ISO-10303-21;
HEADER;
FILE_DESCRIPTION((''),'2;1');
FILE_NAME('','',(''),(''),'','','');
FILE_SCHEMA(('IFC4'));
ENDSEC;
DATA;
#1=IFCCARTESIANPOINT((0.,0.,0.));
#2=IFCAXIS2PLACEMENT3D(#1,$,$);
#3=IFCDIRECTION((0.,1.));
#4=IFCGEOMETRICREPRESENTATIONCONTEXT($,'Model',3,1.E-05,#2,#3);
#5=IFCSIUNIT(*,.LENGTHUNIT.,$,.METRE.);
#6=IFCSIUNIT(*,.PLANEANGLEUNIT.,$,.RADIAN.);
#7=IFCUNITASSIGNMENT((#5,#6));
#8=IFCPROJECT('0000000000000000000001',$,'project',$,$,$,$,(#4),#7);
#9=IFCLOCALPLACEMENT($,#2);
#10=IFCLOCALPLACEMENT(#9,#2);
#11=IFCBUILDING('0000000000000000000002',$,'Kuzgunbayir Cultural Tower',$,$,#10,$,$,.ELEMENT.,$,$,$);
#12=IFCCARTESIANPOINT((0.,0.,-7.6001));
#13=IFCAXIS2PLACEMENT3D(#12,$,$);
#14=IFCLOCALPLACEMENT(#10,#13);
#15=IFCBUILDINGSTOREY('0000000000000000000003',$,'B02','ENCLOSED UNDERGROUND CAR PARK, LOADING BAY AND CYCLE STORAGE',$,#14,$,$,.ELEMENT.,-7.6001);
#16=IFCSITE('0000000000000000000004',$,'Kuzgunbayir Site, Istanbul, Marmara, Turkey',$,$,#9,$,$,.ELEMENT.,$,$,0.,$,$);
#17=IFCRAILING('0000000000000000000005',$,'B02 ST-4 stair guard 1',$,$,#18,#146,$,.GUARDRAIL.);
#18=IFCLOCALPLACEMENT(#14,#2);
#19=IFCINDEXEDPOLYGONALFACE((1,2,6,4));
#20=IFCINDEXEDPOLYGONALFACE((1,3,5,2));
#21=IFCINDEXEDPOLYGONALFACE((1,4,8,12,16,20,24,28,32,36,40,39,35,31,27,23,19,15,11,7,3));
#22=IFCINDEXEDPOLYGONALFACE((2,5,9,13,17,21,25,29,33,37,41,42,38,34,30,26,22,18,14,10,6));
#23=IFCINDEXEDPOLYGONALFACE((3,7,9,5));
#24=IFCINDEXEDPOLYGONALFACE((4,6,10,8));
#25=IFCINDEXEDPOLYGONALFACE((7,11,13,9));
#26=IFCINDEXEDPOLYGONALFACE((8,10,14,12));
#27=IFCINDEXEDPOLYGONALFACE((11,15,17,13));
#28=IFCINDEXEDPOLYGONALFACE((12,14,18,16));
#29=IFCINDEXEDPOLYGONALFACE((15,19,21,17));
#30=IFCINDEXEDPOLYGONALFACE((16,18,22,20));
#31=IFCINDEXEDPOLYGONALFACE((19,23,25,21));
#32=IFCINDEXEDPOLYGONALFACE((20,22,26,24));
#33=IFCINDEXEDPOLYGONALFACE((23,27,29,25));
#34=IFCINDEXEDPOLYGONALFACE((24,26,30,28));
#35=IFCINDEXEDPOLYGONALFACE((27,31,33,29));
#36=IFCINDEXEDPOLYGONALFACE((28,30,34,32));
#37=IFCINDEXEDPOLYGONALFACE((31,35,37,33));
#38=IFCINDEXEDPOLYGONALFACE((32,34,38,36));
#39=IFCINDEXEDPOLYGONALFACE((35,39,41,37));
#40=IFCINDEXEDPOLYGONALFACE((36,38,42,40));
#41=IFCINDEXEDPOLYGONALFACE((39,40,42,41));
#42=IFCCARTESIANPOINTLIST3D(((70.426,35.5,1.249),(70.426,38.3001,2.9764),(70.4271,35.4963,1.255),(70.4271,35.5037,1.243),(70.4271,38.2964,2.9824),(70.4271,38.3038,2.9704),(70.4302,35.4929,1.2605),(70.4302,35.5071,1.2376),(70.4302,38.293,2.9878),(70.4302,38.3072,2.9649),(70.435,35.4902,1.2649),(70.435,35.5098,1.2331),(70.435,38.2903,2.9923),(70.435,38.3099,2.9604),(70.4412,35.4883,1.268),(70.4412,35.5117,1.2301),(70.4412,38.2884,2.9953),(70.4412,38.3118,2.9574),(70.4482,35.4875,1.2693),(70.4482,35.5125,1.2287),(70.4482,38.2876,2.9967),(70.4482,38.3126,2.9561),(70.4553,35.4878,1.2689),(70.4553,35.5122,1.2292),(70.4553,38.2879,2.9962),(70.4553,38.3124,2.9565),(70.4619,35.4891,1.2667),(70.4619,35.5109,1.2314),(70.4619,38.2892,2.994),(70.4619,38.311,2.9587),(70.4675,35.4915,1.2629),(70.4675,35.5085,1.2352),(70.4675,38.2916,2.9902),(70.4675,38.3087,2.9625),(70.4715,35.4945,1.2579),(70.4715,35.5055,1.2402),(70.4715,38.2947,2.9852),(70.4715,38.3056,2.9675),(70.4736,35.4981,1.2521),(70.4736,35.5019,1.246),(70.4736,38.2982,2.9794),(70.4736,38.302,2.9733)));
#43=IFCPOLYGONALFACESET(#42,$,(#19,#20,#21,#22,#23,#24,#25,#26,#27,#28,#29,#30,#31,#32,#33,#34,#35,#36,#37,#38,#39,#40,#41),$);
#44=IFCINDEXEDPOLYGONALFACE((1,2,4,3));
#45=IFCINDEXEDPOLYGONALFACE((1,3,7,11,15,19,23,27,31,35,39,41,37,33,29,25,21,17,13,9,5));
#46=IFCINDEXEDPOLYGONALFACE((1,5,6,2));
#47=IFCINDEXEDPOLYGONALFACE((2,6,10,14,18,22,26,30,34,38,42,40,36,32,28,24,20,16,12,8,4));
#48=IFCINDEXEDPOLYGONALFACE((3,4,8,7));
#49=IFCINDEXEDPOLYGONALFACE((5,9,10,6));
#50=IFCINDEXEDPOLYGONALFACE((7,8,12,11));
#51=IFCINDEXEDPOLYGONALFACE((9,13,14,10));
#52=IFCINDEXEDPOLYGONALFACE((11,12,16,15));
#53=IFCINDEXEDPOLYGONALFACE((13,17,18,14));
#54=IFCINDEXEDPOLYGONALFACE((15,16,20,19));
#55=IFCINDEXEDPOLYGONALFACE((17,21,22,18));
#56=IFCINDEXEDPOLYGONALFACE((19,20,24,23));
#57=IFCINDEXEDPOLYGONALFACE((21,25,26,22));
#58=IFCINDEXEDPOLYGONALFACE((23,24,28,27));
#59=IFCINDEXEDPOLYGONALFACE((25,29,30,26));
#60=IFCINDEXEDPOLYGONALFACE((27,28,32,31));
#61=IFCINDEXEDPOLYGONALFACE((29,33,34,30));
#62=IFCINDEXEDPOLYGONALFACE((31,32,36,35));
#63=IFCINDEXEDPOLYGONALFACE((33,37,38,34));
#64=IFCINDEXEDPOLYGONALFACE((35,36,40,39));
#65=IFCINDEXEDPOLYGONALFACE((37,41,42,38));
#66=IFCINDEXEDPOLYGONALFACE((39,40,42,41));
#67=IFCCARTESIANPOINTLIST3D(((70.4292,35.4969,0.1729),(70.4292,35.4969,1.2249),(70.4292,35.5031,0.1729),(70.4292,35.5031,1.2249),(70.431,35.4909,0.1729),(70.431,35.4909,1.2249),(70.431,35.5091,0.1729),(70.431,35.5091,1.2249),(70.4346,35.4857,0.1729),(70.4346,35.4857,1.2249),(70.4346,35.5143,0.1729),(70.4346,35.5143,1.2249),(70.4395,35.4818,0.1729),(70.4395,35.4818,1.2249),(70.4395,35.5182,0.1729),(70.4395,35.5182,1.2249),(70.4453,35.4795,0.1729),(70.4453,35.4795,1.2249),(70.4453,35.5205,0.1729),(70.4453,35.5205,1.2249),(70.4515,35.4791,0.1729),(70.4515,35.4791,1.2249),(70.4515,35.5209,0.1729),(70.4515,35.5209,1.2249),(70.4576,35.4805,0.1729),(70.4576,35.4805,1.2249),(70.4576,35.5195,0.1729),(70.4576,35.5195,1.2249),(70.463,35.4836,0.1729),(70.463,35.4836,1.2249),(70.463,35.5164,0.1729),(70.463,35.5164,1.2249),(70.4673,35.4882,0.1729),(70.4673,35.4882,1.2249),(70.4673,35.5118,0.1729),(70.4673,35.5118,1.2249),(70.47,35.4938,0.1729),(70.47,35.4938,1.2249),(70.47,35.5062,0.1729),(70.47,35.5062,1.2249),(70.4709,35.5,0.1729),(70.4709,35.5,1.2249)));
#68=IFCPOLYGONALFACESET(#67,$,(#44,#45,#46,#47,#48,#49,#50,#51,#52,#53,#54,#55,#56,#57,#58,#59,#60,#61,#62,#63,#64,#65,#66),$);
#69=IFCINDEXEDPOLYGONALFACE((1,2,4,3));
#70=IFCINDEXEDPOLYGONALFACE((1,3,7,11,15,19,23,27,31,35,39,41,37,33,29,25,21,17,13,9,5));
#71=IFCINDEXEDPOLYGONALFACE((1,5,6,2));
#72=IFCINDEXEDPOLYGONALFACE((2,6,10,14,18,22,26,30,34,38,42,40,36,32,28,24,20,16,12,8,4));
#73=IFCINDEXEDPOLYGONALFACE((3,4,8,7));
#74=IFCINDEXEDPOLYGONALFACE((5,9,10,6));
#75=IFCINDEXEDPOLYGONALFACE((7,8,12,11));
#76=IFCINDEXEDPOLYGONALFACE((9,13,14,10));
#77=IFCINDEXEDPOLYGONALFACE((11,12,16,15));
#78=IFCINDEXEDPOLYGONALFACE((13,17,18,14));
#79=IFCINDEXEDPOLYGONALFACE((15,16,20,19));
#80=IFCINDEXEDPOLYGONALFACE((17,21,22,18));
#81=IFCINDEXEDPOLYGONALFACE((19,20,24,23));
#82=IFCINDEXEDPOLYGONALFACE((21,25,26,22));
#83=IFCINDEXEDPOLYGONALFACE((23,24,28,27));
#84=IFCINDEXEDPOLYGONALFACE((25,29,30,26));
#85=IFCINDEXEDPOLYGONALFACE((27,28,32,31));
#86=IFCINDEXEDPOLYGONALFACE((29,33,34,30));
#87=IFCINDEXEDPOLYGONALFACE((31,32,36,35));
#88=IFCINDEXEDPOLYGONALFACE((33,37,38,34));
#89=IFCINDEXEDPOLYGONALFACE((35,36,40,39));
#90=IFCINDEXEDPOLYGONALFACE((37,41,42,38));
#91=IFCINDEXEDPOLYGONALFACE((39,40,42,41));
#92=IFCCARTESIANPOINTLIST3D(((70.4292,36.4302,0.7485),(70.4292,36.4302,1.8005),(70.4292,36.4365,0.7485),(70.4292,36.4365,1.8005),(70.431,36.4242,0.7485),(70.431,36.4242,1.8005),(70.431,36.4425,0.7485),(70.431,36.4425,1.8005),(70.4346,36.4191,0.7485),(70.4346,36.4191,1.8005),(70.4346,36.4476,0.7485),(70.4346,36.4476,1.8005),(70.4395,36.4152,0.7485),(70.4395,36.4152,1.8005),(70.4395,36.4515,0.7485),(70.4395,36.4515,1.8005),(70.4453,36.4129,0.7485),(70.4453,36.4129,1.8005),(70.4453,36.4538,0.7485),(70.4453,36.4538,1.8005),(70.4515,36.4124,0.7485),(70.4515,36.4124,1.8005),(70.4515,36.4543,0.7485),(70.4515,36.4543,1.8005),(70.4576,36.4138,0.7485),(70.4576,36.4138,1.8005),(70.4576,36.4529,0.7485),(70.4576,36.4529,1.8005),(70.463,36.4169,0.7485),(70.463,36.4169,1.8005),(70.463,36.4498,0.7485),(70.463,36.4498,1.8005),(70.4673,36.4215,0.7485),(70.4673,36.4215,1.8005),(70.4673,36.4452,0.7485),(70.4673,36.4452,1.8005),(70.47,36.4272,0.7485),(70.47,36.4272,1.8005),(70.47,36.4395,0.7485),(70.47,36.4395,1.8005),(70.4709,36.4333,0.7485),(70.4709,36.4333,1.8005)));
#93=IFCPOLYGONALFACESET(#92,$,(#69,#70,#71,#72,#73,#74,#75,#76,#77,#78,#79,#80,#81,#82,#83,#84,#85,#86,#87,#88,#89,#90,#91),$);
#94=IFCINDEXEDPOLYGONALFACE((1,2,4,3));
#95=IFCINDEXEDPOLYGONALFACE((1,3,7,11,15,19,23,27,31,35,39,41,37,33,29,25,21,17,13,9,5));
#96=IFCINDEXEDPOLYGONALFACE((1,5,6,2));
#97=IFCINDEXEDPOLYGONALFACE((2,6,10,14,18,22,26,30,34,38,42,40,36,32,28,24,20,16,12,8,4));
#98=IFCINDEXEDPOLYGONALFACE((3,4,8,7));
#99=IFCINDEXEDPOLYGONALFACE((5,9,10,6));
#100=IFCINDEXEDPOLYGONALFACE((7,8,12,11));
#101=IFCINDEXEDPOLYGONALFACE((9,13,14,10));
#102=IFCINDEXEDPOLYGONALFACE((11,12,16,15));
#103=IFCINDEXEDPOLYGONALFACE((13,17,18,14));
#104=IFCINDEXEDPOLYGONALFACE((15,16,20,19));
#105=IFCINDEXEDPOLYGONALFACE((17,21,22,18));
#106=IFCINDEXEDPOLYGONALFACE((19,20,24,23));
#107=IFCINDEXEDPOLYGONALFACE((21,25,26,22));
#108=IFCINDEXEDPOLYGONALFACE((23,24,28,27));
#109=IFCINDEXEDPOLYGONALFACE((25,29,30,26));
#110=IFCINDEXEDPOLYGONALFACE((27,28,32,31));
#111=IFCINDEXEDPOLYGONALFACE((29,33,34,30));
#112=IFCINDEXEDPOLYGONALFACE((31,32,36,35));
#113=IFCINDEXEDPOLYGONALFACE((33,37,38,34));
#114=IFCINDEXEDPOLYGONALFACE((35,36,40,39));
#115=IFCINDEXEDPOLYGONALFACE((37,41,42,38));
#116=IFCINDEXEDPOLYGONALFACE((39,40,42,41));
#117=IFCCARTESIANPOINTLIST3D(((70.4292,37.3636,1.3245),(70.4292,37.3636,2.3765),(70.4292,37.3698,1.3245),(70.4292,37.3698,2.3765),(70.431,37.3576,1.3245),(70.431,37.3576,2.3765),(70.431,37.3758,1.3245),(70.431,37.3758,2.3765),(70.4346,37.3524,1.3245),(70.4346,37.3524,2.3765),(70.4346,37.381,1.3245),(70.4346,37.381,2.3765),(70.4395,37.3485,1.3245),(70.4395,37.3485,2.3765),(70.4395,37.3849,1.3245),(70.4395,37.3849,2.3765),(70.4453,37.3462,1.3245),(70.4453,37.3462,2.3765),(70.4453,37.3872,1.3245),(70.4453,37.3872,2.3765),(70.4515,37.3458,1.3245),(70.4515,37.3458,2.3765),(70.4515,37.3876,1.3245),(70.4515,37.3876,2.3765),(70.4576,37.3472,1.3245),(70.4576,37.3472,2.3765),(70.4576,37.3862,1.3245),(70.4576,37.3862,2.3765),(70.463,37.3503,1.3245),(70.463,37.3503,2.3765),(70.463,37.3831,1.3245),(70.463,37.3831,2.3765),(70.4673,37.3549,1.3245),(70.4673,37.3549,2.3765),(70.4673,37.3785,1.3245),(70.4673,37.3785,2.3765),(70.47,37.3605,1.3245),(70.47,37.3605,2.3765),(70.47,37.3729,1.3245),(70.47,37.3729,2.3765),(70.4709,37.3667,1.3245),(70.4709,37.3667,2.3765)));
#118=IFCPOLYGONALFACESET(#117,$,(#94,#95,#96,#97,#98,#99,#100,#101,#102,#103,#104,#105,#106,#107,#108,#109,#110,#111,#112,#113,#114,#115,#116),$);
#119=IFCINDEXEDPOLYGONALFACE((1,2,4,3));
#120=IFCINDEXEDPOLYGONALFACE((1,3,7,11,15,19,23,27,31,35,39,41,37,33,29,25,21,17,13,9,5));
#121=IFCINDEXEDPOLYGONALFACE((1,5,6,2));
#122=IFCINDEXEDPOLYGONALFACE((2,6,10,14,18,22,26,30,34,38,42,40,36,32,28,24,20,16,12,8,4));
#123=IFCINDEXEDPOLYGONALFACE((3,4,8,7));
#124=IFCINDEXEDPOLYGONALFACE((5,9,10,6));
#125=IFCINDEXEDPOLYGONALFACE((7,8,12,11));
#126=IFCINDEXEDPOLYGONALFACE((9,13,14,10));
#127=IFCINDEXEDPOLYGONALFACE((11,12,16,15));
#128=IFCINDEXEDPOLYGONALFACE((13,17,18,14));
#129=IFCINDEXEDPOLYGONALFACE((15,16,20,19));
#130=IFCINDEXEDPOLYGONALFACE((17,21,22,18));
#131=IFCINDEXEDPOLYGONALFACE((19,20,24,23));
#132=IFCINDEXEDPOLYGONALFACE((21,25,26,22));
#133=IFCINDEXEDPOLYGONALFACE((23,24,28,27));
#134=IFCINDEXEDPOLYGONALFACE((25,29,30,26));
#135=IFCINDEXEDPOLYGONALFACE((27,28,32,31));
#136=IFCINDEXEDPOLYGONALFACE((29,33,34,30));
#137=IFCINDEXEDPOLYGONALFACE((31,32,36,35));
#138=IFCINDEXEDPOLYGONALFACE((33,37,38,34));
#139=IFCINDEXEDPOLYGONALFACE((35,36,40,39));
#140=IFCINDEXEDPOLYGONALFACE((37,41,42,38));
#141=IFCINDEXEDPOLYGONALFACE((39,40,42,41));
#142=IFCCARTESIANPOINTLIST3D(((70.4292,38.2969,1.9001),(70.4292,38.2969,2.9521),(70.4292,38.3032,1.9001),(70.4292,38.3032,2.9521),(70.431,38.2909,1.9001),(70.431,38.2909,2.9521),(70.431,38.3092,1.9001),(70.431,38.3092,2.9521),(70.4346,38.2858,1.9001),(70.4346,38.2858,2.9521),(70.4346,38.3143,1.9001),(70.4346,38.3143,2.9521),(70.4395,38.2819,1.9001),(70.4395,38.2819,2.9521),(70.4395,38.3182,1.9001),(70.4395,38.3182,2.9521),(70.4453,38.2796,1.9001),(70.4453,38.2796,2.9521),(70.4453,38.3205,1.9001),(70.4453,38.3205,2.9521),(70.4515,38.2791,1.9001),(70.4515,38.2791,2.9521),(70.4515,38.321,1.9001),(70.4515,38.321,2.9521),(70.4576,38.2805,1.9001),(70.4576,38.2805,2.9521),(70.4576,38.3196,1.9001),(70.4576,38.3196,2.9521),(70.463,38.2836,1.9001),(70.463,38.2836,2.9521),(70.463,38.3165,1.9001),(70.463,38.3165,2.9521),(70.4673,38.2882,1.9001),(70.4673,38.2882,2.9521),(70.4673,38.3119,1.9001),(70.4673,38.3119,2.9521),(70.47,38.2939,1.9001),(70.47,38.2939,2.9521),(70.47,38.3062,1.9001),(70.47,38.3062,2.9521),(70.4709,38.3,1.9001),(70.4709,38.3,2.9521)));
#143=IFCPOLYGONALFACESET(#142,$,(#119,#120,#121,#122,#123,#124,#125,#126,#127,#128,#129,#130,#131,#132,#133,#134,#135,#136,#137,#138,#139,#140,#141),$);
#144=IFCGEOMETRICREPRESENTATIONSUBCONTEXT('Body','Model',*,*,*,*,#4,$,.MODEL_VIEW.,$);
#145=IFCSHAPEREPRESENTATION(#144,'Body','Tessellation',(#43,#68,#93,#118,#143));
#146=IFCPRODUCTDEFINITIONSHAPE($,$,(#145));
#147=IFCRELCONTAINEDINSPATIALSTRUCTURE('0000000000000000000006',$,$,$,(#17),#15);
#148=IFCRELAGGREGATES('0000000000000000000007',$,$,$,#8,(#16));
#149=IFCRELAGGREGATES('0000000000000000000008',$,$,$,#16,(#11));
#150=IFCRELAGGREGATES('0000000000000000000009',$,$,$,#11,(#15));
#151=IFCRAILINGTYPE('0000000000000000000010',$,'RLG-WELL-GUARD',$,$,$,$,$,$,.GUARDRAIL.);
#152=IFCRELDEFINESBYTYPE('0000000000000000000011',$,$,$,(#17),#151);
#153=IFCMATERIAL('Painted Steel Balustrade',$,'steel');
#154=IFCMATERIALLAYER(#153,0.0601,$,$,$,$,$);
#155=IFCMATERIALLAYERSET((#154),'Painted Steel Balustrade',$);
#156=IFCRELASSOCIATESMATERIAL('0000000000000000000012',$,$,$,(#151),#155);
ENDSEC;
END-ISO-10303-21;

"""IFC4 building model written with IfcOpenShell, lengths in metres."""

from ifc_helpers import new_model, si_unit, direction, frame, origin, origin_2d, place, context, subcontext, project, spatial, circle, extrude, material, layer, layer_set, type_object, element, save


model = new_model("IFC4")

# Units and contexts
model_context = context("Model", 3, precision=1e-05, world=origin(), true_north=direction((0.0, 1.0)))
body_context = subcontext(model_context, "Body", "Model", "MODEL_VIEW")
ifc_project = project(units=[si_unit("LENGTHUNIT", "METRE"), si_unit("PLANEANGLEUNIT", "RADIAN")], contexts=[model_context])

# Site, building, storey
site_placement = place(None, origin())
site = spatial("IfcSite", under=ifc_project, at=site_placement, Name="Kuzgunbayir Site, Istanbul, Marmara, Turkey", CompositionType="ELEMENT", RefElevation=0.0)
building_placement = place(site_placement, origin())
building = spatial("IfcBuilding", under=site, at=building_placement, Name="Kuzgunbayir Cultural Tower", CompositionType="ELEMENT")
storey_placement = place(building_placement, frame((0.0, 0.0, -7.6001)))
storey = spatial("IfcBuildingStorey", under=building, at=storey_placement, Name="B02", Description="ENCLOSED UNDERGROUND CAR PARK, LOADING BAY AND CYCLE STORAGE", CompositionType="ELEMENT", Elevation=-7.6001)

# Railing
ifc_material_1 = material(Name="Painted Steel Balustrade", Category="steel")
ifc_layer_1 = layer(ifc_material_1, 0.0601)
ifc_layer_set_1 = layer_set([ifc_layer_1], Name="Painted Steel Balustrade")
railing_type = type_object("IfcRailingType", Name="RLG-WELL-GUARD", PredefinedType="GUARDRAIL", material=ifc_layer_set_1)
railing_1_placement = place(storey_placement, frame((70.45, 35.5, 0.1729)))
element("IfcRailing", 1, at=railing_1_placement, inside=storey, type_object=railing_type, Name="B02 ST-4 stair guard 1", PredefinedType="GUARDRAIL", context=body_context, shape_type="SweptSolid", body=[
    extrude(circle(Radius=0.0239, at=origin_2d()), frame((0.0, 0.0, 1.0762), z_axis=(0.0, 0.85109, 0.52502), x_axis=(-1.0, 0.0, 0.0)), (0.0, 0.0, 1.0), 3.29),
    extrude(circle(Radius=0.021, at=origin_2d()), origin(), (0.0, 0.0, 1.0), 1.052),
    extrude(circle(Radius=0.021, at=origin_2d()), frame((0.0, 0.9333, 0.5757)), (0.0, 0.0, 1.0), 1.052),
    extrude(circle(Radius=0.021, at=origin_2d()), frame((0.0, 1.8667, 1.1516)), (0.0, 0.0, 1.0), 1.052),
    extrude(circle(Radius=0.021, at=origin_2d()), frame((0.0, 2.8, 1.7273)), (0.0, 0.0, 1.0), 1.052),
])

save(model, "model.ifc")
